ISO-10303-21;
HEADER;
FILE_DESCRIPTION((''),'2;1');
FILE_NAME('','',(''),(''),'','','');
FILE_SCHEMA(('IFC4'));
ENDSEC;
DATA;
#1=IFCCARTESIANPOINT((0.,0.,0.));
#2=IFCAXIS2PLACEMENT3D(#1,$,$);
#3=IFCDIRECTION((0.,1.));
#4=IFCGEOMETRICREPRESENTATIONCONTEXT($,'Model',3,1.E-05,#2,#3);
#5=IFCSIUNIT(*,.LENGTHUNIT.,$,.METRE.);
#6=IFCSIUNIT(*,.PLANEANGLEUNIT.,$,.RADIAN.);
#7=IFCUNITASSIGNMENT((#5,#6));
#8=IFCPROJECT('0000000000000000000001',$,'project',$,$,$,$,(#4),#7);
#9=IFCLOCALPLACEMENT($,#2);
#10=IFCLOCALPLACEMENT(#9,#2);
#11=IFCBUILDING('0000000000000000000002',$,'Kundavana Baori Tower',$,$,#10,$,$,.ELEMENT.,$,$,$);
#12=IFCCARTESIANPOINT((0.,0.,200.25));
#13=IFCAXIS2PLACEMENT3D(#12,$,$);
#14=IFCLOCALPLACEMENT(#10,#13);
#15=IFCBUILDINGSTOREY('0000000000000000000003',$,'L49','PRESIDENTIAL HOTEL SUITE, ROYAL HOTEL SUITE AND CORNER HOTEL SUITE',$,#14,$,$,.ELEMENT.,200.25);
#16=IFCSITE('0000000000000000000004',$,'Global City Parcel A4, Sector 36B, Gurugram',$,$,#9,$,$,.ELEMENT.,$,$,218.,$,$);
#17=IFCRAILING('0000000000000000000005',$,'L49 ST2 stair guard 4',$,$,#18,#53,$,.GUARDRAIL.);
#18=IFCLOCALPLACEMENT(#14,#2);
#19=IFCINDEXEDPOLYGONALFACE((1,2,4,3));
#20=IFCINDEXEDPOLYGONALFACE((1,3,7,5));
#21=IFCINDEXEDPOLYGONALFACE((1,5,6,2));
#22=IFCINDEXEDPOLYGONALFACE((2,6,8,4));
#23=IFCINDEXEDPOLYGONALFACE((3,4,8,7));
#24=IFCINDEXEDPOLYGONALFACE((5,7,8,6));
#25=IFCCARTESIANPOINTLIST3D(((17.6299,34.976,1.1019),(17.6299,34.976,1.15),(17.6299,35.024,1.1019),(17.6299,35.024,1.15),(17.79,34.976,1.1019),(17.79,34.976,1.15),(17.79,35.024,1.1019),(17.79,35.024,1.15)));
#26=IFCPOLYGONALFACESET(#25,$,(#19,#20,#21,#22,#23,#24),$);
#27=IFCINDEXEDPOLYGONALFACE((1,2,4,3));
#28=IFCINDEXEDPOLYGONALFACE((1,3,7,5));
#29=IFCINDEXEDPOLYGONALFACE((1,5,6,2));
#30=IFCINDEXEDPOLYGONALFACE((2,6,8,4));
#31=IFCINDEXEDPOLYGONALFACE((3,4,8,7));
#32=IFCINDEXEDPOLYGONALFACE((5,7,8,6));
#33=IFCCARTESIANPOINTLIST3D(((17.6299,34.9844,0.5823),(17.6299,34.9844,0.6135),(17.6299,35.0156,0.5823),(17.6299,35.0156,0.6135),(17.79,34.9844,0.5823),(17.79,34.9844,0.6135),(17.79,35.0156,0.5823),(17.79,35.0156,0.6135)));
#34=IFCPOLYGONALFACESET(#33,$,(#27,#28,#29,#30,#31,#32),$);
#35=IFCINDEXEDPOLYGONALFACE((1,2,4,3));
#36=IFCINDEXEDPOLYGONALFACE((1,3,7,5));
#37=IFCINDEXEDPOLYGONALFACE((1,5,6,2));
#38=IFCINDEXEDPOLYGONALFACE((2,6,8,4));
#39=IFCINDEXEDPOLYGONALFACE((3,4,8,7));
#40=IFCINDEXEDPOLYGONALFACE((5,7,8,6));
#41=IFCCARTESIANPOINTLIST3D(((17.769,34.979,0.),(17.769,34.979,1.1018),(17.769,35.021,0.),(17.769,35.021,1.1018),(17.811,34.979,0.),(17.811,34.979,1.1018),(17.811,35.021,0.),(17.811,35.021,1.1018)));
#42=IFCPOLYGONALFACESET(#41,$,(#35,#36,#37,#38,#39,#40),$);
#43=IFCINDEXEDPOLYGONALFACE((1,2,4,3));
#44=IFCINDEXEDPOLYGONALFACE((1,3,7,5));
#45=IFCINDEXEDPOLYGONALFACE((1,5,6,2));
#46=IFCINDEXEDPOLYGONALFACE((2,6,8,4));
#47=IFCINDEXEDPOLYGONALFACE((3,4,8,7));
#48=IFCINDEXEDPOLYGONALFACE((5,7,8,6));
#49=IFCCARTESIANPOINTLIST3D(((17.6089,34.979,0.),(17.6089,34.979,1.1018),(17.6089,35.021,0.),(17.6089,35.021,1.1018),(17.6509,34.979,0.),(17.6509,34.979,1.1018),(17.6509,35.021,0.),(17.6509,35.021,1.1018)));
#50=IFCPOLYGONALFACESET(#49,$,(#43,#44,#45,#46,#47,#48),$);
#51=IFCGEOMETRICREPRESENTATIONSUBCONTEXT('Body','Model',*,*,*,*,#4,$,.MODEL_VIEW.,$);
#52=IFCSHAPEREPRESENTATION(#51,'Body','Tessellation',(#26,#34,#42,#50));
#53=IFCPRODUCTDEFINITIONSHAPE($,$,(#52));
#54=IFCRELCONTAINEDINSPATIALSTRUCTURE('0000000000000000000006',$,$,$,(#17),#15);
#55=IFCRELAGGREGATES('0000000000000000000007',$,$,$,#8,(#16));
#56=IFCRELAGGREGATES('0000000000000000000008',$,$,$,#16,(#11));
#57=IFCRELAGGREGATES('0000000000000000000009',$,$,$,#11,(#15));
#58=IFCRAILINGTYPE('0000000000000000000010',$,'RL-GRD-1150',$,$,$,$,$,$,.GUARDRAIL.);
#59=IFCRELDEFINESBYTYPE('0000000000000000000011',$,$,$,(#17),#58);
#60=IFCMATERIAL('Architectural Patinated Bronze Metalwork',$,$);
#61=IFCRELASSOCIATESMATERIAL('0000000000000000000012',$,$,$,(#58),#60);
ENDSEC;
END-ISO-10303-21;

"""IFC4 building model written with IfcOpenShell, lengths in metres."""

from ifc_helpers import new_model, si_unit, direction, frame, origin, origin_2d, place, context, subcontext, project, spatial, rectangle, extrude, material, type_object, element, save


model = new_model("IFC4")

# Units and contexts
model_context = context("Model", 3, precision=1e-05, world=origin(), true_north=direction((0.0, 1.0)))
body_context = subcontext(model_context, "Body", "Model", "MODEL_VIEW")
ifc_project = project(units=[si_unit("LENGTHUNIT", "METRE"), si_unit("PLANEANGLEUNIT", "RADIAN")], contexts=[model_context])

# Site, building, storey
site_placement = place(None, origin())
site = spatial("IfcSite", under=ifc_project, at=site_placement, Name="Global City Parcel A4, Sector 36B, Gurugram", CompositionType="ELEMENT", RefElevation=218.0)
building_placement = place(site_placement, origin())
building = spatial("IfcBuilding", under=site, at=building_placement, Name="Kundavana Baori Tower", CompositionType="ELEMENT")
storey_placement = place(building_placement, frame((0.0, 0.0, 200.25)))
storey = spatial("IfcBuildingStorey", under=building, at=storey_placement, Name="L49", Description="PRESIDENTIAL HOTEL SUITE, ROYAL HOTEL SUITE AND CORNER HOTEL SUITE", CompositionType="ELEMENT", Elevation=200.25)

# Railing
ifc_material_1 = material(Name="Architectural Patinated Bronze Metalwork")
railing_type = type_object("IfcRailingType", Name="RL-GRD-1150", PredefinedType="GUARDRAIL", material=ifc_material_1)
railing_1_placement = place(storey_placement, frame((17.79, 35.0, 0.0)))
element("IfcRailing", 1, at=railing_1_placement, inside=storey, type_object=railing_type, Name="L49 ST2 stair guard 4", PredefinedType="GUARDRAIL", context=body_context, shape_type="SweptSolid", body=[
    extrude(rectangle(XDim=0.0481, YDim=0.0481, at=origin_2d()), frame((0.0, 0.0, 1.126), z_axis=(-1.0, 0.0, 0.0), x_axis=(0.0, -1.0, 0.0)), (0.0, 0.0, 1.0), 0.1602),
    extrude(rectangle(XDim=0.0312, YDim=0.0312, at=origin_2d()), frame((0.0, 0.0, 0.5979), z_axis=(-1.0, 0.0, 0.0), x_axis=(0.0, -1.0, 0.0)), (0.0, 0.0, 1.0), 0.1602),
    extrude(rectangle(XDim=0.042, YDim=0.042, at=origin_2d()), origin(), (0.0, 0.0, 1.0), 1.1018),
    extrude(rectangle(XDim=0.042, YDim=0.042, at=origin_2d()), frame((-0.1602, 0.0, 0.0)), (0.0, 0.0, 1.0), 1.1018),
])

save(model, "model.ifc")
